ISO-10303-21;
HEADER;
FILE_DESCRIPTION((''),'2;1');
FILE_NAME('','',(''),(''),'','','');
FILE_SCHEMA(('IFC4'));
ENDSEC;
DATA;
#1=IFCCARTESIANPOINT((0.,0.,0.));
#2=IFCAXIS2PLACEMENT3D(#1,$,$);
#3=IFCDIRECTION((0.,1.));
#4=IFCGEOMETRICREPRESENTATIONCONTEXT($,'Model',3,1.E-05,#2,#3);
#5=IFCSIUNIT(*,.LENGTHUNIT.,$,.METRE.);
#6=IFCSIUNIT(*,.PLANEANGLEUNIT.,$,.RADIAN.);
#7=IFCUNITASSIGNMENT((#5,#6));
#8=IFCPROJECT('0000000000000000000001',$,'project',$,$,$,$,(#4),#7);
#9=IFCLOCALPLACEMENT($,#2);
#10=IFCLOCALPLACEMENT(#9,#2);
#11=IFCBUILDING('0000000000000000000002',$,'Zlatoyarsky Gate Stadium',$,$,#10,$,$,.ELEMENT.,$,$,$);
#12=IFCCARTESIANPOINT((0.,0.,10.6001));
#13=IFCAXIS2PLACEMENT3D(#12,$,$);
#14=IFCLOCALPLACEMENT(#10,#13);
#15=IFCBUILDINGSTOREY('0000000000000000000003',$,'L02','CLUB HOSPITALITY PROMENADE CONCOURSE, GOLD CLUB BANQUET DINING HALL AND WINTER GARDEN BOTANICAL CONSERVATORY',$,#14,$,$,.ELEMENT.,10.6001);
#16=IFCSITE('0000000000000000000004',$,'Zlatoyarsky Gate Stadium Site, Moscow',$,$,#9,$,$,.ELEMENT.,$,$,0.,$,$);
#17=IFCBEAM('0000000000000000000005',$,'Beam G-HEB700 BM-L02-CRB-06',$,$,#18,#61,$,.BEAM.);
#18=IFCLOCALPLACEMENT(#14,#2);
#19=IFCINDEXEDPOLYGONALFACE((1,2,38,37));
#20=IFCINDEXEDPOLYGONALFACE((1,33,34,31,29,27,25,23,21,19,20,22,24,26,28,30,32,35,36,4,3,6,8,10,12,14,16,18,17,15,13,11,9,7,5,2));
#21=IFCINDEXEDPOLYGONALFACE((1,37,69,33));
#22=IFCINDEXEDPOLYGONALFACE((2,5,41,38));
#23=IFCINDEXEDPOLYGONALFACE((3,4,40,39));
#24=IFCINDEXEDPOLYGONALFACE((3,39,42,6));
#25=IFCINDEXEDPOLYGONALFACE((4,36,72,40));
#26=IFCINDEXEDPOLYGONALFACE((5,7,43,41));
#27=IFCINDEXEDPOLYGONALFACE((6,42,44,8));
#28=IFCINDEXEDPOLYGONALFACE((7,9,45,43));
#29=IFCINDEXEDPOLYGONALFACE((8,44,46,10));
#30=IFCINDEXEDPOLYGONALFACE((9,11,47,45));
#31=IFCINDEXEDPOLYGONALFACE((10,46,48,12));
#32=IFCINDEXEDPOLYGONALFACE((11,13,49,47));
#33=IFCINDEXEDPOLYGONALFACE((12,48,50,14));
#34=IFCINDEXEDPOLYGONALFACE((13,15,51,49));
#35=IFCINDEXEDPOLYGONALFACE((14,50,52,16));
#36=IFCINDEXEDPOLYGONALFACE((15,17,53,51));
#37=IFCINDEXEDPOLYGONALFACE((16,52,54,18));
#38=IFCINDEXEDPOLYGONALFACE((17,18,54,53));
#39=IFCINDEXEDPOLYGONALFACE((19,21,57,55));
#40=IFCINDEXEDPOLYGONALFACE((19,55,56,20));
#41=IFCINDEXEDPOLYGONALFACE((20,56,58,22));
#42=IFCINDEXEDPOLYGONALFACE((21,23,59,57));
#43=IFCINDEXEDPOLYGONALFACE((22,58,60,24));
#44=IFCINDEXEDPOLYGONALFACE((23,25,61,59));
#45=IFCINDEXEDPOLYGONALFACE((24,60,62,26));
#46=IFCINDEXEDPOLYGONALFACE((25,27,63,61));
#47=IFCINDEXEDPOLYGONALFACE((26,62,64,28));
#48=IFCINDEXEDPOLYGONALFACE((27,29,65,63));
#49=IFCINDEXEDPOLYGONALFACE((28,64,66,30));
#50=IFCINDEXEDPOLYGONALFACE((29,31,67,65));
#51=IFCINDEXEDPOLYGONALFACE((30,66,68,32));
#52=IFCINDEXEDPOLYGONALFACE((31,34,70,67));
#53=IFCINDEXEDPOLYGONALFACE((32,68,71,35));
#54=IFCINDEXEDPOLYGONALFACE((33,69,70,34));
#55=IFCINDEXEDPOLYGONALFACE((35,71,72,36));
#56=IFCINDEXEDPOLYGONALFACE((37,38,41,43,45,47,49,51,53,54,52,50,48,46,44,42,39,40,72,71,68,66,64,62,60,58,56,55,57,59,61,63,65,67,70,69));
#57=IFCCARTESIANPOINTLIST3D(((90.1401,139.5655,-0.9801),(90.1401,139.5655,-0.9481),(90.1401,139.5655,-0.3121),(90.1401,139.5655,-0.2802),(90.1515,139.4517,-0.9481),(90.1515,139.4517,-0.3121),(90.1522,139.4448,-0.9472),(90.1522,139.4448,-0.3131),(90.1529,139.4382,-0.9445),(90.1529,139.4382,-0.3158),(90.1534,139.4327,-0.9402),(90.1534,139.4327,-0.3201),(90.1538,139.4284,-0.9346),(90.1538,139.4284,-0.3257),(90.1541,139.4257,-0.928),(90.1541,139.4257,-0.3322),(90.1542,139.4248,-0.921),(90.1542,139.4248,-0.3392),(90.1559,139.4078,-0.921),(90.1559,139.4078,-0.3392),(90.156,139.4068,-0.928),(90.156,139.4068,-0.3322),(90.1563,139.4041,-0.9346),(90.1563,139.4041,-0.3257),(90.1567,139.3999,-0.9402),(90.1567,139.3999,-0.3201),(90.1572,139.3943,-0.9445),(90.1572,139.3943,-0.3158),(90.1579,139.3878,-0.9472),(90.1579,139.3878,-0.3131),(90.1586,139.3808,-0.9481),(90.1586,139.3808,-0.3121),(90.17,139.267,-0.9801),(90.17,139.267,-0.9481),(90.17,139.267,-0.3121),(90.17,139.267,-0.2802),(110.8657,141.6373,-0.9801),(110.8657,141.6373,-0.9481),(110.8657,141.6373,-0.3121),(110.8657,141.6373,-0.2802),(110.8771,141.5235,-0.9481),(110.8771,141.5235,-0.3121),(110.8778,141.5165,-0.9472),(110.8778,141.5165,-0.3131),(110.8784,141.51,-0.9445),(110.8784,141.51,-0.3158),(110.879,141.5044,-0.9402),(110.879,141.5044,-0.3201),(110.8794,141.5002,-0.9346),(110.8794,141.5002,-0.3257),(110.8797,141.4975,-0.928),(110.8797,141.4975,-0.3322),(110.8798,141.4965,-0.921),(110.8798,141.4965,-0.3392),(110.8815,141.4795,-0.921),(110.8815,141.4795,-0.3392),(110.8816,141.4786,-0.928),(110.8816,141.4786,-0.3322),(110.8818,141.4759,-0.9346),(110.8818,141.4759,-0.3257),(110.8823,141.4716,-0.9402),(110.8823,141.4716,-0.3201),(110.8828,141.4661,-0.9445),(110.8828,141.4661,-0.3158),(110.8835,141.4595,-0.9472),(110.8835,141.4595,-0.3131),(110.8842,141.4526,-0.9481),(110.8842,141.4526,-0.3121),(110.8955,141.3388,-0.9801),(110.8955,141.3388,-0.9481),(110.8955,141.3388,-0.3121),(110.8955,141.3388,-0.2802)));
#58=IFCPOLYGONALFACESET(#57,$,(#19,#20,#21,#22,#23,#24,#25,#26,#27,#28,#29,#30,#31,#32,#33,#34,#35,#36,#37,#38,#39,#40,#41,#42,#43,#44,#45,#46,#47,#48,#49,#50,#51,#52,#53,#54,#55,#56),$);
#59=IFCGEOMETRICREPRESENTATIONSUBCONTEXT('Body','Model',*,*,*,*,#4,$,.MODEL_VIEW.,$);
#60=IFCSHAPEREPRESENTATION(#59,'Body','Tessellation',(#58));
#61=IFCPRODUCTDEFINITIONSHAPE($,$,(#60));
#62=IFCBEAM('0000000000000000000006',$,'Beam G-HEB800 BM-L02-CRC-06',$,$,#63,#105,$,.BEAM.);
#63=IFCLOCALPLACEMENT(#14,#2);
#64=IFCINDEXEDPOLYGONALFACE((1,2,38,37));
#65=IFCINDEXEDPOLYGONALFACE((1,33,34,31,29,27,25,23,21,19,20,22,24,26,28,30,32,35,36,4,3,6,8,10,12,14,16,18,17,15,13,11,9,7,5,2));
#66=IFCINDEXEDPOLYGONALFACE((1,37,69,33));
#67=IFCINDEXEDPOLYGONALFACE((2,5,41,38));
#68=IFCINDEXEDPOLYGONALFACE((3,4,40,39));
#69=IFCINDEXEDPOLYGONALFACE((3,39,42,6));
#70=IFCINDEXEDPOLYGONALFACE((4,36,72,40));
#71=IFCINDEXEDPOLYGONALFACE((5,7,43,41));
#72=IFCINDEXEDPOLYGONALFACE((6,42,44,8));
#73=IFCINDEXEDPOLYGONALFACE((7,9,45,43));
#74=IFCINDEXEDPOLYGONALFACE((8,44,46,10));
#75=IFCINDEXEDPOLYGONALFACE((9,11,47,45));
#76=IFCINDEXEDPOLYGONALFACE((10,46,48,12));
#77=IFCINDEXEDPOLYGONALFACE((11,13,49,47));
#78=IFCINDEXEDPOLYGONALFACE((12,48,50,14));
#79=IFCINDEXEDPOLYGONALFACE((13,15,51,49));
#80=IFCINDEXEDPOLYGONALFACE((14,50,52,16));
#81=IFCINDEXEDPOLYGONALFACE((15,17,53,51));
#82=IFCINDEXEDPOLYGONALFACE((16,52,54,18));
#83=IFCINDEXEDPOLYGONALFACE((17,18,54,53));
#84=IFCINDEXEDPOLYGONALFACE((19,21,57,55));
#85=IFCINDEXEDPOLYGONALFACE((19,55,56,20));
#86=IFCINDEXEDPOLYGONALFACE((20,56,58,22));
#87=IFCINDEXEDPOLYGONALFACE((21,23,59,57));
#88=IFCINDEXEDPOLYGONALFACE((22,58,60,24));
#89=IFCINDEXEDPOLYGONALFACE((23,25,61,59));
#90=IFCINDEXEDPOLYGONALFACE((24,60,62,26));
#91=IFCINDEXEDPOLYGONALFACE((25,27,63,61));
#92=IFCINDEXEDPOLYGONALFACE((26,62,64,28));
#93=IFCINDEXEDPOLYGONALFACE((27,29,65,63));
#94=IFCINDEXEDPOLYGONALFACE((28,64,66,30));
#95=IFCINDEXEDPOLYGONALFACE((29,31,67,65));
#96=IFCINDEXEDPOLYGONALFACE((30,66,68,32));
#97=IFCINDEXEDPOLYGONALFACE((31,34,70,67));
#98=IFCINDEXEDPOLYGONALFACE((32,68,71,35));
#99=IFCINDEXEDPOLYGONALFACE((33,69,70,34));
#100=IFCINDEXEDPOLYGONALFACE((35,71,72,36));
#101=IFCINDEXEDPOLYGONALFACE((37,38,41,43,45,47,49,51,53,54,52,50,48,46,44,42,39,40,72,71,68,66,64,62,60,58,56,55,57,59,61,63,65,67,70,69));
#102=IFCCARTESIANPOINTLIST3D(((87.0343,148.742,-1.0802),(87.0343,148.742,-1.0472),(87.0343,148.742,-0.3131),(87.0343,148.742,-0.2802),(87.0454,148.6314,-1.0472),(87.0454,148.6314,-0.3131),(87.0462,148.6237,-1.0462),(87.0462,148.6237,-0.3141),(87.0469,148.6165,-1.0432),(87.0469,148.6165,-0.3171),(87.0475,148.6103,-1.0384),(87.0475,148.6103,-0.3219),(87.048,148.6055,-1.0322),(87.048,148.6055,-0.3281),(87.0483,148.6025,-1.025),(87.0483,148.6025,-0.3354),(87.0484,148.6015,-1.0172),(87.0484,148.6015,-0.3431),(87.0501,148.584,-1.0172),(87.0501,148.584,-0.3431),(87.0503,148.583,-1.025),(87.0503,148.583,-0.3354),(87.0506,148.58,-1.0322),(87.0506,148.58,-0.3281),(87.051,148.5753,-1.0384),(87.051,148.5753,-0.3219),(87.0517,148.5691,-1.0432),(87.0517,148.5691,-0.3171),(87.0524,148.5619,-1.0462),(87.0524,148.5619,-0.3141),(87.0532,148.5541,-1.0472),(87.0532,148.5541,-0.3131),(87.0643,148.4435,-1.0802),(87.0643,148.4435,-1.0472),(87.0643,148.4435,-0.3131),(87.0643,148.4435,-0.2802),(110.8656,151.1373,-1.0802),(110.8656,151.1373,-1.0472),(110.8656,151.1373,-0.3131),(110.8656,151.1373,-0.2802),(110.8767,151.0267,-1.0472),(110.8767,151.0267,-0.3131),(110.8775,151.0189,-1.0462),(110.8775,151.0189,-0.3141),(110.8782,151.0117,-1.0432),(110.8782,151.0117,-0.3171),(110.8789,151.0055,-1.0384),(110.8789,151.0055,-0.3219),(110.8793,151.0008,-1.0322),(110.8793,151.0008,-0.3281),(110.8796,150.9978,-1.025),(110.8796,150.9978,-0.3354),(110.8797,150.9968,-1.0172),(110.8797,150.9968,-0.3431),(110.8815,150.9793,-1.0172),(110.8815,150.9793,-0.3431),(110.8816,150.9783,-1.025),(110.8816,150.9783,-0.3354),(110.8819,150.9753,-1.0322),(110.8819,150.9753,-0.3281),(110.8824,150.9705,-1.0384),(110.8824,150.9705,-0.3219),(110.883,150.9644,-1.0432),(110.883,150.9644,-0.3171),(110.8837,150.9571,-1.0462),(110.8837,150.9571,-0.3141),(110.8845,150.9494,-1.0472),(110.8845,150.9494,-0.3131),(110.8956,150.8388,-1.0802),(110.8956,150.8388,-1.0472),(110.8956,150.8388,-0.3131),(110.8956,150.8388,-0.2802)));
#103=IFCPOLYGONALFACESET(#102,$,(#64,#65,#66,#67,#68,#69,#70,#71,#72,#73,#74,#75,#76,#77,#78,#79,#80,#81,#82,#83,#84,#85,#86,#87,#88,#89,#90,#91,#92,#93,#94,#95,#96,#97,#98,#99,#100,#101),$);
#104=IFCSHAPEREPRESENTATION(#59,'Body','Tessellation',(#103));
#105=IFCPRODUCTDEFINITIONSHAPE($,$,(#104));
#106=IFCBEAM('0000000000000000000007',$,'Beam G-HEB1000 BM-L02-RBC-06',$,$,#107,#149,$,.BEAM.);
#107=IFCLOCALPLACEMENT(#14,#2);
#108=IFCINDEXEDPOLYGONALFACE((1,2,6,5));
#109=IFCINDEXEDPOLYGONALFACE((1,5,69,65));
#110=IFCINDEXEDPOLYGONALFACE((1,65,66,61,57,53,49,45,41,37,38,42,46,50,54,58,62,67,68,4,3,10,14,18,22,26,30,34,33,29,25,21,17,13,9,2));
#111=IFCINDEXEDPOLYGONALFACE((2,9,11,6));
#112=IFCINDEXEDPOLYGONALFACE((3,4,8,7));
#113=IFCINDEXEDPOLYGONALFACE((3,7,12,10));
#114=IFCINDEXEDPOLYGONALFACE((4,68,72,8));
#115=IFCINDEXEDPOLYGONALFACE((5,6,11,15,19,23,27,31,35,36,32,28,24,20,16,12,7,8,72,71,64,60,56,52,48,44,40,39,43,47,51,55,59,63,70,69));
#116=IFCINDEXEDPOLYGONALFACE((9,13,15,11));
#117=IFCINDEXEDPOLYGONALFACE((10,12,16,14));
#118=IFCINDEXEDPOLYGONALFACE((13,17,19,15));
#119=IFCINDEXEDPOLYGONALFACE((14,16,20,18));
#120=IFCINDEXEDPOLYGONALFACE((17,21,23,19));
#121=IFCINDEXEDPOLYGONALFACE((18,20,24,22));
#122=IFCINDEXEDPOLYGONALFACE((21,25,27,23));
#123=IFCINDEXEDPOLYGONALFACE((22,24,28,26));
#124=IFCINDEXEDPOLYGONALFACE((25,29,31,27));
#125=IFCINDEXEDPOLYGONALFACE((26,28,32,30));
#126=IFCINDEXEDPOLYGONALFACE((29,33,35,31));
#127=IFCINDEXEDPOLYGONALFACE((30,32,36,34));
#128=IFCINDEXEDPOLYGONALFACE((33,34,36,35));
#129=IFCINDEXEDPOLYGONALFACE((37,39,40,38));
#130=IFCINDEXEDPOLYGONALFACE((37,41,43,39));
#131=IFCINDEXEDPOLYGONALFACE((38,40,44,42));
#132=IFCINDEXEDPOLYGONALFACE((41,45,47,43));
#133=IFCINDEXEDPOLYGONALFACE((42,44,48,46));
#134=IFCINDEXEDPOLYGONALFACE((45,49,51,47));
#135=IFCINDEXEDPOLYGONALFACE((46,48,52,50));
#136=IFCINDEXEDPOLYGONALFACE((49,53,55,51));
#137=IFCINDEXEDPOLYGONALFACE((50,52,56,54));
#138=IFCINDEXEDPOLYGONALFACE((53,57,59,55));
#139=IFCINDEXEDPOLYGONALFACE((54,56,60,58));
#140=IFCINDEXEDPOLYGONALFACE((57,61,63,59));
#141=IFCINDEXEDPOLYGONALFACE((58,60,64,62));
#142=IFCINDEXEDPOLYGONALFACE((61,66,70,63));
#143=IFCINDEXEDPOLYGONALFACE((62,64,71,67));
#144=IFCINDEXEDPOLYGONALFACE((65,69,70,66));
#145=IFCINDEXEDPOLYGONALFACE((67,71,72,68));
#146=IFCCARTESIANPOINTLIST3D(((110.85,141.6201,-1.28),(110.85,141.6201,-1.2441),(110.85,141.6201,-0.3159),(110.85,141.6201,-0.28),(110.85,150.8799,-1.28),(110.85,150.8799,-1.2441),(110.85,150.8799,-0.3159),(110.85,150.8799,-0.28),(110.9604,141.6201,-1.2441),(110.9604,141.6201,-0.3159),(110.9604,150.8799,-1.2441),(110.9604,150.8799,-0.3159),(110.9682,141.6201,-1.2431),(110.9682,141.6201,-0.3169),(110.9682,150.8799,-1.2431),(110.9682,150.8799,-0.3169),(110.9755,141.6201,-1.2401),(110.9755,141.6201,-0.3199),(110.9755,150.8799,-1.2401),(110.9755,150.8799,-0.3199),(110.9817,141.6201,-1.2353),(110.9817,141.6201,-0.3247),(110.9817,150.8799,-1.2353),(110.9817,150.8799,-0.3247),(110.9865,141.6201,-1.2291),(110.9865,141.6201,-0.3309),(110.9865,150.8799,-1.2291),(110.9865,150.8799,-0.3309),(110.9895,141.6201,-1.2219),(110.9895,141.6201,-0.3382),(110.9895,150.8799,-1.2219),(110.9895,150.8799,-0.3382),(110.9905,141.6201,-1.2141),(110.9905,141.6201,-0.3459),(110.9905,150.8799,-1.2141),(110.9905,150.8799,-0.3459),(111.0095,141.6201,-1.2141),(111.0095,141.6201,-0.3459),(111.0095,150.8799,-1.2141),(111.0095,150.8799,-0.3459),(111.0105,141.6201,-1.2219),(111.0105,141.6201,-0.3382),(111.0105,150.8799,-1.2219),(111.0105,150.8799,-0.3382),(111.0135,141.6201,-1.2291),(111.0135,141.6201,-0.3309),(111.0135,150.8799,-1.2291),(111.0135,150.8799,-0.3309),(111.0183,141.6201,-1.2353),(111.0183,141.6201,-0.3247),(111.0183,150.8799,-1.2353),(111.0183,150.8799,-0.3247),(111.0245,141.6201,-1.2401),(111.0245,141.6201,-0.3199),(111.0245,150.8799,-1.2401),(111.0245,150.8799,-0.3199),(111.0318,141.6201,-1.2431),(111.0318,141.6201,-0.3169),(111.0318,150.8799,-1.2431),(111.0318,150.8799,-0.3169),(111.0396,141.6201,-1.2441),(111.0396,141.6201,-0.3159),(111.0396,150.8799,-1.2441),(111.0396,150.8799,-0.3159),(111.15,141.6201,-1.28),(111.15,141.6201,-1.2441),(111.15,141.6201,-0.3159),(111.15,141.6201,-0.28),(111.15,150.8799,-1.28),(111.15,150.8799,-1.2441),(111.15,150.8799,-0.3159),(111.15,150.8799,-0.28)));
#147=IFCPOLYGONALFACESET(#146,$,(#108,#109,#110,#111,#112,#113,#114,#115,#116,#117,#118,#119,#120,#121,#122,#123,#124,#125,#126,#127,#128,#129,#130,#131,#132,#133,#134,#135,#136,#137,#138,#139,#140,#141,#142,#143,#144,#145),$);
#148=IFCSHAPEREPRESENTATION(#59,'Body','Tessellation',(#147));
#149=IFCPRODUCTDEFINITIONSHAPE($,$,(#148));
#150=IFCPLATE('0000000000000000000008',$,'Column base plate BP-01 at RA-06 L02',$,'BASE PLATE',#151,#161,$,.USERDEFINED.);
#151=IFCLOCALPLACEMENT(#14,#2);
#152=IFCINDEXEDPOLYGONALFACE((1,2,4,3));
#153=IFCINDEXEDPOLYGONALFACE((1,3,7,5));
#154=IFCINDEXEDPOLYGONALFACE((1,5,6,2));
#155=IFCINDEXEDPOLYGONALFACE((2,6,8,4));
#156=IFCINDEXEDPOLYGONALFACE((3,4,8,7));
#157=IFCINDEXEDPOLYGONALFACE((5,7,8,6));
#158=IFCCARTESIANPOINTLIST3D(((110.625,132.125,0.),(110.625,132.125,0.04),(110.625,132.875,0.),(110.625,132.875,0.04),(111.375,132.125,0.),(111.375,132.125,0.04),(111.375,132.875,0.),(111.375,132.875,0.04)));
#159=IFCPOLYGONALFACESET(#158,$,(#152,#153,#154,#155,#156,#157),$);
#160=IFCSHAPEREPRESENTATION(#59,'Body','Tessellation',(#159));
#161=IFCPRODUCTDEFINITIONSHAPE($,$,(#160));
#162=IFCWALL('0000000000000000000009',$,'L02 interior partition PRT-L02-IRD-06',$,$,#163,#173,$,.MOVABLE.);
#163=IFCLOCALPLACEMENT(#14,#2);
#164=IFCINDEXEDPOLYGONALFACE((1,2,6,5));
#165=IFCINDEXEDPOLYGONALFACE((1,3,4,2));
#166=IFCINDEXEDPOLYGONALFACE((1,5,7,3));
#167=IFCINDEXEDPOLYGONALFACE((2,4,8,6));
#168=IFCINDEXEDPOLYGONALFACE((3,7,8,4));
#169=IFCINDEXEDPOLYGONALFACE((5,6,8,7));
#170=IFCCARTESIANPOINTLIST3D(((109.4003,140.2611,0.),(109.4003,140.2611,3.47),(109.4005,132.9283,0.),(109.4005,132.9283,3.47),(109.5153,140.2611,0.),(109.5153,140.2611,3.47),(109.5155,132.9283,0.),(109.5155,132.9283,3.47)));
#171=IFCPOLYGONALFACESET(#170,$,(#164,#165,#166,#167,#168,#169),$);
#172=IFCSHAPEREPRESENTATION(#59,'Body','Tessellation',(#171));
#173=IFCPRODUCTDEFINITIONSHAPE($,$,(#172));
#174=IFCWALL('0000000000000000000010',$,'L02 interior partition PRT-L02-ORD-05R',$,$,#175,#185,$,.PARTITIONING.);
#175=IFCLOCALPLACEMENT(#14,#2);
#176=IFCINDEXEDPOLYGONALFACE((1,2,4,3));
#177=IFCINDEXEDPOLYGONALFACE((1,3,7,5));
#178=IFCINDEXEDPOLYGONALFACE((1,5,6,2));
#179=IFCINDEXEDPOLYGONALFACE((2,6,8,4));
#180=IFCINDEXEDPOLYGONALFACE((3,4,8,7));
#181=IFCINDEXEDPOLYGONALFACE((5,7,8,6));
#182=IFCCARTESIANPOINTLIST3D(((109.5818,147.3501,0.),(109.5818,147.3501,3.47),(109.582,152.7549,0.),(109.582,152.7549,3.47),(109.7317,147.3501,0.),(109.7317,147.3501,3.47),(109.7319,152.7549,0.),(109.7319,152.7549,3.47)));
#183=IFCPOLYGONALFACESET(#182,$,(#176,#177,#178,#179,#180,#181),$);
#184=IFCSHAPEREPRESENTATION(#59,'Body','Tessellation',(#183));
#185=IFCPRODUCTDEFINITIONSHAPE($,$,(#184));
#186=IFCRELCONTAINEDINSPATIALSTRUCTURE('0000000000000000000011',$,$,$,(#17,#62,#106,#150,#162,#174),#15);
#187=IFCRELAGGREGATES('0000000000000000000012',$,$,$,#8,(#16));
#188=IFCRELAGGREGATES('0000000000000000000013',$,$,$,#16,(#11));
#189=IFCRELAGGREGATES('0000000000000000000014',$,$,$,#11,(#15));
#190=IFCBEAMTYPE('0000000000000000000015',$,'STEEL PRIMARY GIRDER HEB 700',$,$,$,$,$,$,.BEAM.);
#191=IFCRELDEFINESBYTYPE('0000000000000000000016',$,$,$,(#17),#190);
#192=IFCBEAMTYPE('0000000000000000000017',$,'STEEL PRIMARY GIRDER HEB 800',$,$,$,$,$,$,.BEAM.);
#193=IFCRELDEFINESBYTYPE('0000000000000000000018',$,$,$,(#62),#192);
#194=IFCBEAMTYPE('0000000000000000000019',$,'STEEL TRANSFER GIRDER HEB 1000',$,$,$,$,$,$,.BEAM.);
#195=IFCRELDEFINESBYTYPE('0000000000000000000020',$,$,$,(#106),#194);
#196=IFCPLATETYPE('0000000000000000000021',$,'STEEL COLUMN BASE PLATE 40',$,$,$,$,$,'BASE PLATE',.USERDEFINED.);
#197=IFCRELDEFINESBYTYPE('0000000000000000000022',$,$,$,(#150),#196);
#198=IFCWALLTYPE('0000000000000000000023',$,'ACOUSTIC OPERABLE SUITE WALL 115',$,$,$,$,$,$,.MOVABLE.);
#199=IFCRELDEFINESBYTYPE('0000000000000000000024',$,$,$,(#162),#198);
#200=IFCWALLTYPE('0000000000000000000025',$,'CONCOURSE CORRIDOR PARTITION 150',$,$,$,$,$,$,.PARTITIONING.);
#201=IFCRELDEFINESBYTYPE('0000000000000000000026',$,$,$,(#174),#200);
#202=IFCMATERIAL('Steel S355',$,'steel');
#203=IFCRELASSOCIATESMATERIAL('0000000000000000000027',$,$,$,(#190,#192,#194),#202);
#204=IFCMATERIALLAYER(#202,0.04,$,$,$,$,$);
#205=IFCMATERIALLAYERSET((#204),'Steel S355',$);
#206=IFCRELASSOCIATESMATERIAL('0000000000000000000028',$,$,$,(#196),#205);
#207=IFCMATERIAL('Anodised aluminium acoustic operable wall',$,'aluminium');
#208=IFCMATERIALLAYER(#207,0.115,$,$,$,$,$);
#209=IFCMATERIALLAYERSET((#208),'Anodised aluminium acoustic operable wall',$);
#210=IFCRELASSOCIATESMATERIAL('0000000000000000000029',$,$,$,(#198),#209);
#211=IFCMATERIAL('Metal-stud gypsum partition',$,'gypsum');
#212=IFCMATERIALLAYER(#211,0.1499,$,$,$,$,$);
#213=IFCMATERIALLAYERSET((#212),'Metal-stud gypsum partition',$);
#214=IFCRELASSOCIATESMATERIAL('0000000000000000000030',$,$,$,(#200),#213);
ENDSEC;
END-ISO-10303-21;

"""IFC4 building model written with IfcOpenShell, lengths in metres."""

from ifc_helpers import new_model, si_unit, direction, frame, frame_2d, origin, origin_2d, place, context, subcontext, project, spatial, rectangle, i_section, extrude, material, layer, layer_set, material_profile, profile_set, type_object, element, save


model = new_model("IFC4")

# Units and contexts
model_context = context("Model", 3, precision=1e-05, world=origin(), true_north=direction((0.0, 1.0)))
body_context = subcontext(model_context, "Body", "Model", "MODEL_VIEW")
ifc_project = project(units=[si_unit("LENGTHUNIT", "METRE"), si_unit("PLANEANGLEUNIT", "RADIAN")], contexts=[model_context])

# Site, building, storey
site_placement = place(None, origin())
site = spatial("IfcSite", under=ifc_project, at=site_placement, Name="Zlatoyarsky Gate Stadium Site, Moscow", CompositionType="ELEMENT", RefElevation=0.0)
building_placement = place(site_placement, origin())
building = spatial("IfcBuilding", under=site, at=building_placement, Name="Zlatoyarsky Gate Stadium", CompositionType="ELEMENT")
storey_placement = place(building_placement, frame((0.0, 0.0, 10.6001)))
storey = spatial("IfcBuildingStorey", under=building, at=storey_placement, Name="L02", Description="CLUB HOSPITALITY PROMENADE CONCOURSE, GOLD CLUB BANQUET DINING HALL AND WINTER GARDEN BOTANICAL CONSERVATORY", CompositionType="ELEMENT", Elevation=10.6001)

# Shared definitions
ifc_material_1 = material(Name="Steel S355", Category="steel")

# Beams
ifc_material_profile_1 = material_profile(ifc_material_1, i_section(OverallWidth=0.3, OverallDepth=0.7, WebThickness=0.0171, FlangeThickness=0.032, FilletRadius=0.0271, at=origin_2d()), Name="HEB 700")
ifc_profile_set_1 = profile_set([ifc_material_profile_1], Name="Steel S355")
beam_type_1 = type_object("IfcBeamType", Name="STEEL PRIMARY GIRDER HEB 700", PredefinedType="BEAM", material=ifc_profile_set_1)
beam_1_placement = place(storey_placement, frame((110.8806, 141.488, -0.6301), z_axis=(-0.995041, -0.099467, 0.0), x_axis=(0.099467, -0.995041, 0.0)))
element("IfcBeam", 1, at=beam_1_placement, inside=storey, type_object=beam_type_1, Name="Beam G-HEB700 BM-L02-CRB-06", PredefinedType="BEAM", context=body_context, shape_type="SweptSolid", body=[
    extrude(i_section(OverallWidth=0.3, OverallDepth=0.7, WebThickness=0.0171, FlangeThickness=0.032, FilletRadius=0.0271, at=origin_2d()), origin(), (0.0, 0.0, 1.0), 20.8289),
])
ifc_material_profile_2 = material_profile(ifc_material_1, i_section(OverallWidth=0.3, OverallDepth=0.8, WebThickness=0.0176, FlangeThickness=0.033, FilletRadius=0.03, at=origin_2d()), Name="HEB 800")
ifc_profile_set_2 = profile_set([ifc_material_profile_2], Name="Steel S355")
beam_type_2 = type_object("IfcBeamType", Name="STEEL PRIMARY GIRDER HEB 800", PredefinedType="BEAM", material=ifc_profile_set_2)
beam_2_placement = place(storey_placement, frame((110.8806, 150.988, -0.6802), z_axis=(-0.994987, -0.100005, 0.0), x_axis=(0.100005, -0.994987, 0.0)))
element("IfcBeam", 2, at=beam_2_placement, inside=storey, type_object=beam_type_2, Name="Beam G-HEB800 BM-L02-CRC-06", PredefinedType="BEAM", context=body_context, shape_type="SweptSolid", body=[
    extrude(i_section(OverallWidth=0.3, OverallDepth=0.8, WebThickness=0.0176, FlangeThickness=0.033, FilletRadius=0.03, at=origin_2d()), origin(), (0.0, 0.0, 1.0), 23.9514),
])
ifc_material_profile_3 = material_profile(ifc_material_1, i_section(OverallWidth=0.3, OverallDepth=1.0, WebThickness=0.019, FlangeThickness=0.0359, FilletRadius=0.03, at=origin_2d()), Name="HEB 1000")
ifc_profile_set_3 = profile_set([ifc_material_profile_3], Name="Steel S355")
beam_type_3 = type_object("IfcBeamType", Name="STEEL TRANSFER GIRDER HEB 1000", PredefinedType="BEAM", material=ifc_profile_set_3)
beam_3_placement = place(storey_placement, frame((111.0, 141.6201, -0.78), z_axis=(0.0, 1.0, 0.0), x_axis=(-1.0, 0.0, 0.0)))
element("IfcBeam", 3, at=beam_3_placement, inside=storey, type_object=beam_type_3, Name="Beam G-HEB1000 BM-L02-RBC-06", PredefinedType="BEAM", context=body_context, shape_type="SweptSolid", body=[
    extrude(i_section(OverallWidth=0.3, OverallDepth=1.0, WebThickness=0.019, FlangeThickness=0.0359, FilletRadius=0.03, at=origin_2d()), origin(), (0.0, 0.0, 1.0), 9.2598),
])

# Plate
ifc_layer_1 = layer(ifc_material_1, 0.04)
ifc_layer_set_1 = layer_set([ifc_layer_1], Name="Steel S355")
plate_type = type_object("IfcPlateType", Name="STEEL COLUMN BASE PLATE 40", ElementType="BASE PLATE", PredefinedType="USERDEFINED", material=ifc_layer_set_1)
plate_placement = place(storey_placement, frame((111.0, 132.5, 0.0), z_axis=(0.0, 0.0, 1.0), x_axis=(1.0, 0.0, 0.0)))
element("IfcPlate", 4, at=plate_placement, inside=storey, type_object=plate_type, Name="Column base plate BP-01 at RA-06 L02", ObjectType="BASE PLATE", PredefinedType="USERDEFINED", context=body_context, shape_type="SweptSolid", body=[
    extrude(rectangle(XDim=0.75, YDim=0.75, at=origin_2d()), origin(), (0.0, 0.0, 1.0), 0.04),
])

# Walls
ifc_material_2 = material(Name="Anodised aluminium acoustic operable wall", Category="aluminium")
ifc_layer_2 = layer(ifc_material_2, 0.115)
ifc_layer_set_2 = layer_set([ifc_layer_2], Name="Anodised aluminium acoustic operable wall")
wall_type_1 = type_object("IfcWallType", Name="ACOUSTIC OPERABLE SUITE WALL 115", PredefinedType="MOVABLE", material=ifc_layer_set_2)
wall_1_placement = place(storey_placement, frame((109.458, 132.9282, 0.0), z_axis=(0.0, 0.0, 1.0), x_axis=(-0.000033, 1.0, 0.0)))
element("IfcWall", 5, at=wall_1_placement, inside=storey, type_object=wall_type_1, Name="L02 interior partition PRT-L02-IRD-06", PredefinedType="MOVABLE", context=body_context, shape_type="SweptSolid", body=[
    extrude(rectangle(XDim=7.3328, YDim=0.115, at=frame_2d((3.6665, 0.0))), origin(), (0.0, 0.0, 1.0), 3.47),
])
ifc_material_3 = material(Name="Metal-stud gypsum partition", Category="gypsum")
ifc_layer_3 = layer(ifc_material_3, 0.1499)
ifc_layer_set_3 = layer_set([ifc_layer_3], Name="Metal-stud gypsum partition")
wall_type_2 = type_object("IfcWallType", Name="CONCOURSE CORRIDOR PARTITION 150", PredefinedType="PARTITIONING", material=ifc_layer_set_3)
wall_2_placement = place(storey_placement, frame((109.6567, 147.3501, 0.0), z_axis=(0.0, 0.0, 1.0), x_axis=(0.000045, 1.0, 0.0)))
element("IfcWall", 6, at=wall_2_placement, inside=storey, type_object=wall_type_2, Name="L02 interior partition PRT-L02-ORD-05R", PredefinedType="PARTITIONING", context=body_context, shape_type="SweptSolid", body=[
    extrude(rectangle(XDim=5.4048, YDim=0.1499, at=frame_2d((2.7024, 0.0))), origin(), (0.0, 0.0, 1.0), 3.47),
])

save(model, "model.ifc")
